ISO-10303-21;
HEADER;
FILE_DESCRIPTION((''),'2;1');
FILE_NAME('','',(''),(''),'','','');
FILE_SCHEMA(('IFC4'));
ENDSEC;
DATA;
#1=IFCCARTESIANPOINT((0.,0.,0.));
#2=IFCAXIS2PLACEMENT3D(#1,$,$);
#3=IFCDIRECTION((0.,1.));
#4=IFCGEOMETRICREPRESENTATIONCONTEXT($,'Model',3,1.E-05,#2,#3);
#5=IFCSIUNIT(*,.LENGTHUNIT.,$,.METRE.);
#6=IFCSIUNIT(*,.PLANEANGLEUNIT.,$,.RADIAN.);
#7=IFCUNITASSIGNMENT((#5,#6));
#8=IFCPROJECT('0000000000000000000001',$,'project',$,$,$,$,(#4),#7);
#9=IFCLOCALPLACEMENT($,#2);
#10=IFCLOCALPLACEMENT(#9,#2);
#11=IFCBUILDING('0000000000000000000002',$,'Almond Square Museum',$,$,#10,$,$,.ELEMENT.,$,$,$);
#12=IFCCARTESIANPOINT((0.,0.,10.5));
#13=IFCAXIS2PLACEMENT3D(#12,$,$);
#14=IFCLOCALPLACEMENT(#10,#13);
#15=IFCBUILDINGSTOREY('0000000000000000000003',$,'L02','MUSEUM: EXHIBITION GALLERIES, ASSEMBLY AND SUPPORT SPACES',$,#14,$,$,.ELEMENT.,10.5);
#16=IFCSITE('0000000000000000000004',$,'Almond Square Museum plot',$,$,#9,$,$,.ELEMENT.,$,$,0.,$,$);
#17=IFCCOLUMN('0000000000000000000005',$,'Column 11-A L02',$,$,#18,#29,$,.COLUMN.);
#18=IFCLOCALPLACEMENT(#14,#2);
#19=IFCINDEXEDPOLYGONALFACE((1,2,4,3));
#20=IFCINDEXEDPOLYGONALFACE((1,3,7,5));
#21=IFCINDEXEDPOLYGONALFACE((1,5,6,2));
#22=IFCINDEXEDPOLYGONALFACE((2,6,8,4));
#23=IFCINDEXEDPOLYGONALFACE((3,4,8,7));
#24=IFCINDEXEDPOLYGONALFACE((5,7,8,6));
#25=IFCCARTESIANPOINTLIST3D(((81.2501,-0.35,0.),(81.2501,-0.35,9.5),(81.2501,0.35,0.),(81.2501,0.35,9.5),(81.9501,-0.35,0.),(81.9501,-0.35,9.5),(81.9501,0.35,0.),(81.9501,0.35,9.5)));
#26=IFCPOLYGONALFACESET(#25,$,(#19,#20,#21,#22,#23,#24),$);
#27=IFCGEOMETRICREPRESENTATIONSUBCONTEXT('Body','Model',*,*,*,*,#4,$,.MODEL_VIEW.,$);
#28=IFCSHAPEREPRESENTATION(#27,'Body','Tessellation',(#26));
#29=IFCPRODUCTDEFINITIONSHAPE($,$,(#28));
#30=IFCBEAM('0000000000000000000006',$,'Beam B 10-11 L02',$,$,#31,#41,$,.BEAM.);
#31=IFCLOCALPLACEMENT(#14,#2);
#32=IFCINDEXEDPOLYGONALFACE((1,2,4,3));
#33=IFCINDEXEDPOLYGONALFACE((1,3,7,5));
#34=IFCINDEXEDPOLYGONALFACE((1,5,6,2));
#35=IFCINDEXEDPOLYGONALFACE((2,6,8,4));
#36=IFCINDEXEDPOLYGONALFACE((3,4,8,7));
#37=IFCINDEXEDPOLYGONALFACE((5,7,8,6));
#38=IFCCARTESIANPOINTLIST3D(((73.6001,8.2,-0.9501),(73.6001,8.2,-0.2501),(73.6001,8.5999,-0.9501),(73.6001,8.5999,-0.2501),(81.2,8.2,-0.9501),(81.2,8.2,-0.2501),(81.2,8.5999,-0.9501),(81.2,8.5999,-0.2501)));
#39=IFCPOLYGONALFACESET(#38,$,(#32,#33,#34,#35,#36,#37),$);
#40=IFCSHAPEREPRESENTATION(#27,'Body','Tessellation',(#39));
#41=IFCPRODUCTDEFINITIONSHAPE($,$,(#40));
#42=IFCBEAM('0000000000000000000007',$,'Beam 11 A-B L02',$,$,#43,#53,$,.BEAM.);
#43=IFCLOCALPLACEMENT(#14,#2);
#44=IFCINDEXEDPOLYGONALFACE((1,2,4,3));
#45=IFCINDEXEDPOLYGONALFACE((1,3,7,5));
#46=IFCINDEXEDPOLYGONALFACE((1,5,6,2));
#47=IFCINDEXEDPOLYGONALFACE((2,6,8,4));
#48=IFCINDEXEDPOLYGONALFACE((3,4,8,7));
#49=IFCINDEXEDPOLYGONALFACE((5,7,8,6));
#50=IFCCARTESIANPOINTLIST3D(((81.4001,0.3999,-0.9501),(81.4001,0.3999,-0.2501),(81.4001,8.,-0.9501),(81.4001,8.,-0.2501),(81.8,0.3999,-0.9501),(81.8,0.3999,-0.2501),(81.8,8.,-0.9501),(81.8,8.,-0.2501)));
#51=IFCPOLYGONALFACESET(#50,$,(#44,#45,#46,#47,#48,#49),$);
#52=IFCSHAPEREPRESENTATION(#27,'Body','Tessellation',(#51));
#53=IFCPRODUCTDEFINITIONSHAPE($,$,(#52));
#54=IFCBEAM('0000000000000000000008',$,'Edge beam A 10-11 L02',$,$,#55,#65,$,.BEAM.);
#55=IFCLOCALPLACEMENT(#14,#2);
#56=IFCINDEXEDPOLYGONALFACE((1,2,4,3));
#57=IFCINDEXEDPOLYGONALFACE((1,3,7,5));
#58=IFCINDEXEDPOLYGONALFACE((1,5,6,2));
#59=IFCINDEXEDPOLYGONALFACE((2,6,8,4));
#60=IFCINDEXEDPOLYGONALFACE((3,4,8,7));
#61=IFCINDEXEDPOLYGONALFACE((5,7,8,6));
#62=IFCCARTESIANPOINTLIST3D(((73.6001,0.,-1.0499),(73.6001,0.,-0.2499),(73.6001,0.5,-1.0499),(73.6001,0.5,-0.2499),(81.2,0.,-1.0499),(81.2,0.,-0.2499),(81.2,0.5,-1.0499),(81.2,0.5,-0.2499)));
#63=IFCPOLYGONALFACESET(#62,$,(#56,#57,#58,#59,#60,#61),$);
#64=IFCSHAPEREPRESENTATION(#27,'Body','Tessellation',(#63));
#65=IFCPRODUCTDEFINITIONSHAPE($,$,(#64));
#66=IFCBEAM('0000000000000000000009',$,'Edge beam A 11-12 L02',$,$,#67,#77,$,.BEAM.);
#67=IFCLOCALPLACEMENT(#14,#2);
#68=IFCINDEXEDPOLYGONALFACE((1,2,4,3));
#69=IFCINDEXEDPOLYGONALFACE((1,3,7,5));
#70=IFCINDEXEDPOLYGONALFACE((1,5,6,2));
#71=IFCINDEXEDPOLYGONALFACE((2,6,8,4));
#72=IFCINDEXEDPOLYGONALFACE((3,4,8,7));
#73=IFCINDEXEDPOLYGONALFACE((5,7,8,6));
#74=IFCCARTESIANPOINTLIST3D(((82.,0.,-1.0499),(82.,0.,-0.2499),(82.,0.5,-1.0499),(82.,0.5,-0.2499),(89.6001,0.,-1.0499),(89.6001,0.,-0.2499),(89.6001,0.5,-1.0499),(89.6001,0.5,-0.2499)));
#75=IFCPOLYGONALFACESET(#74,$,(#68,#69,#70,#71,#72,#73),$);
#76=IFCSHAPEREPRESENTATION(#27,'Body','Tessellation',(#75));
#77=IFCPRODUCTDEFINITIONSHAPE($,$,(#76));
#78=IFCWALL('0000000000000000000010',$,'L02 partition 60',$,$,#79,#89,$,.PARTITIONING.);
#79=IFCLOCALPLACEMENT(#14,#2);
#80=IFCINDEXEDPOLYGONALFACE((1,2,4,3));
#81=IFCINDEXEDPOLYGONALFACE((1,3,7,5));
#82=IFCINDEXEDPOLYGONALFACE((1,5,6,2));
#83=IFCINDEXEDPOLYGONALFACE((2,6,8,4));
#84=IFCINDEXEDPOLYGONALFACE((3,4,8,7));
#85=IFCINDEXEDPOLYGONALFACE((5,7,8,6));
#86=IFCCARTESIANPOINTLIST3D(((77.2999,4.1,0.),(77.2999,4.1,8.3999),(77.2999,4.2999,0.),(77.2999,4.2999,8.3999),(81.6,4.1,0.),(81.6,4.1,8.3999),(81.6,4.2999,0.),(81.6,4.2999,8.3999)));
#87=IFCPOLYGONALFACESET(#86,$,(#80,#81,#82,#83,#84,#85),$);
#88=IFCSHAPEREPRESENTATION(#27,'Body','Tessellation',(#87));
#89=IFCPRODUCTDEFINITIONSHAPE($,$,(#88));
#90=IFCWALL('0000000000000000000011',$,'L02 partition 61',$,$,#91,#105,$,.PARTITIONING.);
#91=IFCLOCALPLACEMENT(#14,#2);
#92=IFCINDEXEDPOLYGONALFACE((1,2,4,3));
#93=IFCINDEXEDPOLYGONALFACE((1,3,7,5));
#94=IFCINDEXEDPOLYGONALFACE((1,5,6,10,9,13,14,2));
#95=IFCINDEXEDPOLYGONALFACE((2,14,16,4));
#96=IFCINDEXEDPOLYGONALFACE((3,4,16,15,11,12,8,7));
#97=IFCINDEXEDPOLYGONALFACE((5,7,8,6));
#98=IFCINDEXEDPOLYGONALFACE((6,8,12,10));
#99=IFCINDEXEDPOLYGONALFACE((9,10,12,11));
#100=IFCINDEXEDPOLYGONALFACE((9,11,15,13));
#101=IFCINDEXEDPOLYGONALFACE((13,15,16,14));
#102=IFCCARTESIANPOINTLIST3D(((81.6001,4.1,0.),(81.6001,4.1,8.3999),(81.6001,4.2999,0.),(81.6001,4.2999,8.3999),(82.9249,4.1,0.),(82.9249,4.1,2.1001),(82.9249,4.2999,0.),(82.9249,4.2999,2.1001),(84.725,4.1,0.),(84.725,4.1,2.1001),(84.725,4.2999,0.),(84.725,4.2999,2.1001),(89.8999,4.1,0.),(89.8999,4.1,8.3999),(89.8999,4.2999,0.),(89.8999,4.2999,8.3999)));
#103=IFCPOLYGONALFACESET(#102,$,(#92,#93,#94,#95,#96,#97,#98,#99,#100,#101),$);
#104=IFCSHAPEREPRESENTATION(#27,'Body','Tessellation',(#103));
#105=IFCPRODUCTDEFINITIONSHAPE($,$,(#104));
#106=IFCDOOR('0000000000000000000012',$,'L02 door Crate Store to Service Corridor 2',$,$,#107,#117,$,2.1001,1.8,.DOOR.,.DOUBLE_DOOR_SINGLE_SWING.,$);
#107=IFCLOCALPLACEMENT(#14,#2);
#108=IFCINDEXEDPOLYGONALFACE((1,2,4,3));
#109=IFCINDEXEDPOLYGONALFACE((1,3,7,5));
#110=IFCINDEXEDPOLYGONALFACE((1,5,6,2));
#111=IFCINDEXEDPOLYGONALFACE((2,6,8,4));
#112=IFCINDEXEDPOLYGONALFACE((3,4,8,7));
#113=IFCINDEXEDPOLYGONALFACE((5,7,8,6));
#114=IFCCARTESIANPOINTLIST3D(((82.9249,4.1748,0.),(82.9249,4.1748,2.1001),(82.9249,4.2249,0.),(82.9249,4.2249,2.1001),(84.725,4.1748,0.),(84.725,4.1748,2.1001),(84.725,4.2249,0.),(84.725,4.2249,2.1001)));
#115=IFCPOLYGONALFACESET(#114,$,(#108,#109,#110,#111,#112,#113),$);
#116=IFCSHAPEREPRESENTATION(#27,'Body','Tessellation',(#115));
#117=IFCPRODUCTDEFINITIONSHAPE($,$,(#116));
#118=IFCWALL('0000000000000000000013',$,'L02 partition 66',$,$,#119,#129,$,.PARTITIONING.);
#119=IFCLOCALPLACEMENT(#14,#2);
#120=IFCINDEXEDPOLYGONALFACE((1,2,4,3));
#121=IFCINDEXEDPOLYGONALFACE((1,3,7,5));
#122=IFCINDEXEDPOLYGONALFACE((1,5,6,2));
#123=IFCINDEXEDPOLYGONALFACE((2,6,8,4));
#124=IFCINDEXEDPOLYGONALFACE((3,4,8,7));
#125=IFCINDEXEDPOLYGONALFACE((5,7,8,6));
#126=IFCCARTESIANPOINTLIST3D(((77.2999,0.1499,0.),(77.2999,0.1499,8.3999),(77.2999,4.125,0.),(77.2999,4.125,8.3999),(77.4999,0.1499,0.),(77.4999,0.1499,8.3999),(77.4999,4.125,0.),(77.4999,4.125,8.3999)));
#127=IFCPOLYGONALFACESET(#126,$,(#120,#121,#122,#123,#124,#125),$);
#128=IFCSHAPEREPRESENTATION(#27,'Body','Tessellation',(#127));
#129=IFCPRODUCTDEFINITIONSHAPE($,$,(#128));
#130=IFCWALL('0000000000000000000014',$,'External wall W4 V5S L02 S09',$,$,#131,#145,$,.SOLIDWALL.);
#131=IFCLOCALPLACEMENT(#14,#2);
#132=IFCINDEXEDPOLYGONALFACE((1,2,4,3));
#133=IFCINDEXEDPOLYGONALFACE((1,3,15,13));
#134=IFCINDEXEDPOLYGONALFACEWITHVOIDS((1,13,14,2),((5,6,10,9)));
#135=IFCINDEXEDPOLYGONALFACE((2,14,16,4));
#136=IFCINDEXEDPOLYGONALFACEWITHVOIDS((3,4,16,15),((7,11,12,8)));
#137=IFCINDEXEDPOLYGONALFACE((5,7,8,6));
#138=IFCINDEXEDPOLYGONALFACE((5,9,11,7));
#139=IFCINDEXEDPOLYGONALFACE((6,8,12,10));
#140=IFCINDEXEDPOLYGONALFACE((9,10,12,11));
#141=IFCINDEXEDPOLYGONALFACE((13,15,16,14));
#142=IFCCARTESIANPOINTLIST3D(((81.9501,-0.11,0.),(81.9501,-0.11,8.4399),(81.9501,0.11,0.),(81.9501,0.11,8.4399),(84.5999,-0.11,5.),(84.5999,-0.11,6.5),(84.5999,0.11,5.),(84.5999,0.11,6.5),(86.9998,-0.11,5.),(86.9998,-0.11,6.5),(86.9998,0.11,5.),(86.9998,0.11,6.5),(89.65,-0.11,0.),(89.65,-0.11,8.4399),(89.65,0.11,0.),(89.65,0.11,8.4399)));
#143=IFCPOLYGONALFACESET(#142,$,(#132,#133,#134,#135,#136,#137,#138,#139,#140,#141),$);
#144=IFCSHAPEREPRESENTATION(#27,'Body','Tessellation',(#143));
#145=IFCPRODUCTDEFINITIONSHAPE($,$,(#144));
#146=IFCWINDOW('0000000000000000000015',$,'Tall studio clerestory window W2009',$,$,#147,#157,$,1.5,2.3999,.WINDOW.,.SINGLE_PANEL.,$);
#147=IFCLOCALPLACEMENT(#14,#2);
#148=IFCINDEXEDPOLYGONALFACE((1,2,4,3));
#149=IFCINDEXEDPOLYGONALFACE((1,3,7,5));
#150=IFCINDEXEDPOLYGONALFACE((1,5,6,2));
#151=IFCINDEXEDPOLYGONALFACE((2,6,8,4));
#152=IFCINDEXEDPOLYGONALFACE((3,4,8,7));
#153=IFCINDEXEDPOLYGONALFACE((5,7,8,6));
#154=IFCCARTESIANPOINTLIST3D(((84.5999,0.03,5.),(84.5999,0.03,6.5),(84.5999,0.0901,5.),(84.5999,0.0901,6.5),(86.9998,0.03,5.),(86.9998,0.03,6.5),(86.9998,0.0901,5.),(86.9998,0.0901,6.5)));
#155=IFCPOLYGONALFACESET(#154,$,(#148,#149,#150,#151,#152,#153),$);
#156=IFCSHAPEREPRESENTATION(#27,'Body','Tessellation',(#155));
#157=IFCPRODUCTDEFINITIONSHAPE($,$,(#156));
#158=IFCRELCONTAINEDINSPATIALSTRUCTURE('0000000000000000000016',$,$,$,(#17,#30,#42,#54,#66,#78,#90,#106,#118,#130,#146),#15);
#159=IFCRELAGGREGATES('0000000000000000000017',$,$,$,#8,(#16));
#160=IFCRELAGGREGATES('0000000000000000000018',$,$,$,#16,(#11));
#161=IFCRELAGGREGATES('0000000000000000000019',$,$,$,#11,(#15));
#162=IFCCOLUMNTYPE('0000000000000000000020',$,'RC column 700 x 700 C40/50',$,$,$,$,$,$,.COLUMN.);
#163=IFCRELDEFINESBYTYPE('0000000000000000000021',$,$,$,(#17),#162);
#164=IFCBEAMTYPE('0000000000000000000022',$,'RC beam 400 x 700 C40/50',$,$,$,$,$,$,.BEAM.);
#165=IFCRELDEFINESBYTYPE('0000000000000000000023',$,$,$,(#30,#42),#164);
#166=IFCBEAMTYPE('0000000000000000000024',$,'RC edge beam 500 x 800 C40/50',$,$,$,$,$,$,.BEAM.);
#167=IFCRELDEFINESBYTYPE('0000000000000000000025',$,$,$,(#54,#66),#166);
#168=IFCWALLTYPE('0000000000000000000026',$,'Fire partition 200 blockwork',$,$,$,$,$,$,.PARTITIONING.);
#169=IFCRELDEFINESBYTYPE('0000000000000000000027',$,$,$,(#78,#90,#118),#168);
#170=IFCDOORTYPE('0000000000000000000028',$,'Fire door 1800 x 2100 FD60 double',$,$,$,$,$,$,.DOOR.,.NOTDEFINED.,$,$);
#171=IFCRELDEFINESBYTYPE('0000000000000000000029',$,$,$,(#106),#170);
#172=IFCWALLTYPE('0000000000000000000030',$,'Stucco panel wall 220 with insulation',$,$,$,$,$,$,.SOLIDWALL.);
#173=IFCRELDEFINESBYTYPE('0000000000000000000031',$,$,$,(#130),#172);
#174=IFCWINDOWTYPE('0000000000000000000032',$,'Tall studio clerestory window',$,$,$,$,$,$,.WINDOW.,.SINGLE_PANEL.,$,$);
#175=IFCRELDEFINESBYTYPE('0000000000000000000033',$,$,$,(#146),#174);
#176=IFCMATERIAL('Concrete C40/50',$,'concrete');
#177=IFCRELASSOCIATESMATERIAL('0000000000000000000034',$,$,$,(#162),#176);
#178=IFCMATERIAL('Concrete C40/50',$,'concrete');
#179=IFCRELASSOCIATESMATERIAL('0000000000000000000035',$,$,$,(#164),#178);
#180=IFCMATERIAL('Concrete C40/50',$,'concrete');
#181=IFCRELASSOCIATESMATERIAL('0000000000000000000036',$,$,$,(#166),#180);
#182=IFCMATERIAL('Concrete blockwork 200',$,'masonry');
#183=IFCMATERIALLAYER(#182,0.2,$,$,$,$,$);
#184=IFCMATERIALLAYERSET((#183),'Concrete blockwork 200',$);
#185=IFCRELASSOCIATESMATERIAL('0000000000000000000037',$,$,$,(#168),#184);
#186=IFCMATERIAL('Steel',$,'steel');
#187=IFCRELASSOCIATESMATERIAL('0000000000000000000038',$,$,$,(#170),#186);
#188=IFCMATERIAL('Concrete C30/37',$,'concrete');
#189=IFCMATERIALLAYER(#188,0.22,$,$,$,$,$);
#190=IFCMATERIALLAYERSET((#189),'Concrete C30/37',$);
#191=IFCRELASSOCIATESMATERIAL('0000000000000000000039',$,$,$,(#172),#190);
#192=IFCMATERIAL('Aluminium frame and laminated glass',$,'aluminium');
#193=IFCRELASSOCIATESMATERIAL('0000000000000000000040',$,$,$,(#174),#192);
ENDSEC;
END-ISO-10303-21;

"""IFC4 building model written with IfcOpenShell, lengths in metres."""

from ifc_helpers import new_model, si_unit, direction, frame, frame_2d, origin, origin_2d, place, context, subcontext, project, spatial, rectangle, extrude, material, layer, layer_set, material_profile, profile_set, type_object, element, fill, save


model = new_model("IFC4")

# Units and contexts
model_context = context("Model", 3, precision=1e-05, world=origin(), true_north=direction((0.0, 1.0)))
body_context = subcontext(model_context, "Body", "Model", "MODEL_VIEW")
ifc_project = project(units=[si_unit("LENGTHUNIT", "METRE"), si_unit("PLANEANGLEUNIT", "RADIAN")], contexts=[model_context])

# Site, building, storey
site_placement = place(None, origin())
site = spatial("IfcSite", under=ifc_project, at=site_placement, Name="Almond Square Museum plot", CompositionType="ELEMENT", RefElevation=0.0)
building_placement = place(site_placement, origin())
building = spatial("IfcBuilding", under=site, at=building_placement, Name="Almond Square Museum", CompositionType="ELEMENT")
storey_placement = place(building_placement, frame((0.0, 0.0, 10.5)))
storey = spatial("IfcBuildingStorey", under=building, at=storey_placement, Name="L02", Description="MUSEUM: EXHIBITION GALLERIES, ASSEMBLY AND SUPPORT SPACES", CompositionType="ELEMENT", Elevation=10.5)

# Column
ifc_material_1 = material(Name="Concrete C40/50", Category="concrete")
ifc_material_profile_1 = material_profile(ifc_material_1, rectangle(XDim=0.7, YDim=0.7, at=origin_2d()))
ifc_profile_set_1 = profile_set([ifc_material_profile_1], Name="Concrete C40/50")
column_type = type_object("IfcColumnType", Name="RC column 700 x 700 C40/50", PredefinedType="COLUMN", material=ifc_profile_set_1)
column_placement = place(storey_placement, frame((81.6001, 0.0, 0.0), z_axis=(0.0, 0.0, 1.0), x_axis=(1.0, 0.0, 0.0)))
element("IfcColumn", 1, at=column_placement, inside=storey, type_object=column_type, Name="Column 11-A L02", PredefinedType="COLUMN", context=body_context, shape_type="SweptSolid", body=[
    extrude(rectangle(XDim=0.7, YDim=0.7, at=origin_2d()), origin(), (0.0, 0.0, 1.0), 9.5),
])

# Beams
ifc_material_2 = material(Name="Concrete C40/50", Category="concrete")
ifc_material_profile_2 = material_profile(ifc_material_2, rectangle(XDim=0.3999, YDim=0.7, at=origin_2d()))
ifc_profile_set_2 = profile_set([ifc_material_profile_2], Name="Concrete C40/50")
beam_type_1 = type_object("IfcBeamType", Name="RC beam 400 x 700 C40/50", PredefinedType="BEAM", material=ifc_profile_set_2)
beam_1_placement = place(storey_placement, frame((73.6001, 8.3999, -0.6001), z_axis=(1.0, 0.0, 0.0), x_axis=(0.0, 1.0, 0.0)))
element("IfcBeam", 2, at=beam_1_placement, inside=storey, type_object=beam_type_1, Name="Beam B 10-11 L02", PredefinedType="BEAM", context=body_context, shape_type="SweptSolid", body=[
    extrude(rectangle(XDim=0.3999, YDim=0.7, at=origin_2d()), origin(), (0.0, 0.0, 1.0), 7.5999),
])
beam_2_placement = place(storey_placement, frame((81.6001, 0.3999, -0.6001), z_axis=(0.0, 1.0, 0.0), x_axis=(-1.0, 0.0, 0.0)))
element("IfcBeam", 3, at=beam_2_placement, inside=storey, type_object=beam_type_1, Name="Beam 11 A-B L02", PredefinedType="BEAM", context=body_context, shape_type="SweptSolid", body=[
    extrude(rectangle(XDim=0.3999, YDim=0.7, at=origin_2d()), origin(), (0.0, 0.0, 1.0), 7.6001),
])
ifc_material_3 = material(Name="Concrete C40/50", Category="concrete")
ifc_material_profile_3 = material_profile(ifc_material_3, rectangle(XDim=0.5, YDim=0.8, at=origin_2d()))
ifc_profile_set_3 = profile_set([ifc_material_profile_3], Name="Concrete C40/50")
beam_type_2 = type_object("IfcBeamType", Name="RC edge beam 500 x 800 C40/50", PredefinedType="BEAM", material=ifc_profile_set_3)
beam_3_placement = place(storey_placement, frame((73.6001, 0.25, -0.6499), z_axis=(1.0, 0.0, 0.0), x_axis=(0.0, 1.0, 0.0)))
element("IfcBeam", 4, at=beam_3_placement, inside=storey, type_object=beam_type_2, Name="Edge beam A 10-11 L02", PredefinedType="BEAM", context=body_context, shape_type="SweptSolid", body=[
    extrude(rectangle(XDim=0.5, YDim=0.8, at=origin_2d()), origin(), (0.0, 0.0, 1.0), 7.5999),
])
beam_4_placement = place(storey_placement, frame((82.0, 0.25, -0.6499), z_axis=(1.0, 0.0, 0.0), x_axis=(0.0, 1.0, 0.0)))
element("IfcBeam", 5, at=beam_4_placement, inside=storey, type_object=beam_type_2, Name="Edge beam A 11-12 L02", PredefinedType="BEAM", context=body_context, shape_type="SweptSolid", body=[
    extrude(rectangle(XDim=0.5, YDim=0.8, at=origin_2d()), origin(), (0.0, 0.0, 1.0), 7.6001),
])

# Wall
ifc_material_4 = material(Name="Concrete blockwork 200", Category="masonry")
ifc_layer_1 = layer(ifc_material_4, 0.2)
ifc_layer_set_1 = layer_set([ifc_layer_1], Name="Concrete blockwork 200")
wall_type_1 = type_object("IfcWallType", Name="Fire partition 200 blockwork", PredefinedType="PARTITIONING", material=ifc_layer_set_1)
wall_1_placement = place(storey_placement, frame((77.3, 4.2, 0.0), z_axis=(0.0, 0.0, 1.0), x_axis=(1.0, 0.0, 0.0)))
element("IfcWall", 6, at=wall_1_placement, inside=storey, type_object=wall_type_1, Name="L02 partition 60", PredefinedType="PARTITIONING", context=body_context, shape_type="SweptSolid", body=[
    extrude(rectangle(XDim=4.3, YDim=0.2, at=frame_2d((2.1499, 0.0))), origin(), (0.0, 0.0, 1.0), 8.3999),
])

# Wall, opening, door
wall_2_placement = place(storey_placement, frame((81.6001, 4.2, 0.0), z_axis=(0.0, 0.0, 1.0), x_axis=(1.0, 0.0, 0.0)))
wall_2 = element("IfcWall", 7, at=wall_2_placement, inside=storey, type_object=wall_type_1, Name="L02 partition 61", PredefinedType="PARTITIONING", context=body_context, shape_type="SweptSolid", body=[
    extrude(rectangle(XDim=8.2998, YDim=0.2, at=frame_2d((4.1499, 0.0))), origin(), (0.0, 0.0, 1.0), 8.3999),
])
opening_1_placement = place(wall_2_placement, frame((1.325, 0.0, 0.0)))
opening_1 = element("IfcOpeningElement", 8, at=opening_1_placement, cuts=wall_2, PredefinedType="OPENING", context=body_context, shape_type="SweptSolid", body=[
    extrude(rectangle(XDim=1.8, YDim=2.1001, at=frame_2d((0.8999, 1.05))), frame((0.0, 0.1099, 0.0), z_axis=(0.0, -1.0, 0.0), x_axis=(1.0, 0.0, 0.0)), (0.0, 0.0, 1.0), 0.22),
])
ifc_material_5 = material(Name="Steel", Category="steel")
door_type = type_object("IfcDoorType", Name="Fire door 1800 x 2100 FD60 double", OperationType="NOTDEFINED", PredefinedType="DOOR", material=ifc_material_5)
door_placement = place(opening_1_placement, origin())
door = element("IfcDoor", 9, at=door_placement, inside=storey, type_object=door_type, Name="L02 door Crate Store to Service Corridor 2", OperationType="DOUBLE_DOOR_SINGLE_SWING", OverallHeight=2.1001, OverallWidth=1.8, PredefinedType="DOOR", context=body_context, shape_type="SweptSolid", body=[
    extrude(rectangle(XDim=1.8, YDim=2.1001, at=frame_2d((0.8999, 1.05))), frame((0.0, 0.0249, 0.0), z_axis=(0.0, -1.0, 0.0), x_axis=(1.0, 0.0, 0.0)), (0.0, 0.0, 1.0), 0.05),
])
fill(opening_1, door)

# Wall
wall_3_placement = place(storey_placement, frame((77.3999, 0.1499, 0.0), z_axis=(0.0, 0.0, 1.0), x_axis=(0.0, 1.0, 0.0)))
element("IfcWall", 10, at=wall_3_placement, inside=storey, type_object=wall_type_1, Name="L02 partition 66", PredefinedType="PARTITIONING", context=body_context, shape_type="SweptSolid", body=[
    extrude(rectangle(XDim=3.9751, YDim=0.2, at=frame_2d((1.9875, 0.0))), origin(), (0.0, 0.0, 1.0), 8.3999),
])

# Wall, opening, window
ifc_material_6 = material(Name="Concrete C30/37", Category="concrete")
ifc_layer_2 = layer(ifc_material_6, 0.22)
ifc_layer_set_2 = layer_set([ifc_layer_2], Name="Concrete C30/37")
wall_type_2 = type_object("IfcWallType", Name="Stucco panel wall 220 with insulation", PredefinedType="SOLIDWALL", material=ifc_layer_set_2)
wall_4_placement = place(storey_placement, frame((81.95, 0.0, 0.0), z_axis=(0.0, 0.0, 1.0), x_axis=(1.0, 0.0, 0.0)))
wall_4 = element("IfcWall", 11, at=wall_4_placement, inside=storey, type_object=wall_type_2, Name="External wall W4 V5S L02 S09", PredefinedType="SOLIDWALL", context=body_context, shape_type="SweptSolid", body=[
    extrude(rectangle(XDim=7.7, YDim=0.22, at=frame_2d((3.8501, 0.0))), origin(), (0.0, 0.0, 1.0), 8.4399),
])
opening_2_placement = place(wall_4_placement, frame((2.6499, 0.0, 5.0)))
opening_2 = element("IfcOpeningElement", 12, at=opening_2_placement, cuts=wall_4, PredefinedType="OPENING", context=body_context, shape_type="SweptSolid", body=[
    extrude(rectangle(XDim=2.3999, YDim=1.5, at=frame_2d((1.2, 0.75))), frame((0.0, 0.1199, 0.0), z_axis=(0.0, -1.0, 0.0), x_axis=(1.0, 0.0, 0.0)), (0.0, 0.0, 1.0), 0.24),
])
ifc_material_7 = material(Name="Aluminium frame and laminated glass", Category="aluminium")
window_type = type_object("IfcWindowType", Name="Tall studio clerestory window", PartitioningType="SINGLE_PANEL", PredefinedType="WINDOW", material=ifc_material_7)
window_placement = place(opening_2_placement, origin())
window = element("IfcWindow", 13, at=window_placement, inside=storey, type_object=window_type, Name="Tall studio clerestory window W2009", OverallHeight=1.5, OverallWidth=2.3999, PartitioningType="SINGLE_PANEL", PredefinedType="WINDOW", context=body_context, shape_type="SweptSolid", body=[
    extrude(rectangle(XDim=2.3999, YDim=1.5, at=frame_2d((1.2, 0.75))), frame((0.0, 0.0901, 0.0), z_axis=(0.0, -1.0, 0.0), x_axis=(1.0, 0.0, 0.0)), (0.0, 0.0, 1.0), 0.0601),
])
fill(opening_2, window)

save(model, "model.ifc")
